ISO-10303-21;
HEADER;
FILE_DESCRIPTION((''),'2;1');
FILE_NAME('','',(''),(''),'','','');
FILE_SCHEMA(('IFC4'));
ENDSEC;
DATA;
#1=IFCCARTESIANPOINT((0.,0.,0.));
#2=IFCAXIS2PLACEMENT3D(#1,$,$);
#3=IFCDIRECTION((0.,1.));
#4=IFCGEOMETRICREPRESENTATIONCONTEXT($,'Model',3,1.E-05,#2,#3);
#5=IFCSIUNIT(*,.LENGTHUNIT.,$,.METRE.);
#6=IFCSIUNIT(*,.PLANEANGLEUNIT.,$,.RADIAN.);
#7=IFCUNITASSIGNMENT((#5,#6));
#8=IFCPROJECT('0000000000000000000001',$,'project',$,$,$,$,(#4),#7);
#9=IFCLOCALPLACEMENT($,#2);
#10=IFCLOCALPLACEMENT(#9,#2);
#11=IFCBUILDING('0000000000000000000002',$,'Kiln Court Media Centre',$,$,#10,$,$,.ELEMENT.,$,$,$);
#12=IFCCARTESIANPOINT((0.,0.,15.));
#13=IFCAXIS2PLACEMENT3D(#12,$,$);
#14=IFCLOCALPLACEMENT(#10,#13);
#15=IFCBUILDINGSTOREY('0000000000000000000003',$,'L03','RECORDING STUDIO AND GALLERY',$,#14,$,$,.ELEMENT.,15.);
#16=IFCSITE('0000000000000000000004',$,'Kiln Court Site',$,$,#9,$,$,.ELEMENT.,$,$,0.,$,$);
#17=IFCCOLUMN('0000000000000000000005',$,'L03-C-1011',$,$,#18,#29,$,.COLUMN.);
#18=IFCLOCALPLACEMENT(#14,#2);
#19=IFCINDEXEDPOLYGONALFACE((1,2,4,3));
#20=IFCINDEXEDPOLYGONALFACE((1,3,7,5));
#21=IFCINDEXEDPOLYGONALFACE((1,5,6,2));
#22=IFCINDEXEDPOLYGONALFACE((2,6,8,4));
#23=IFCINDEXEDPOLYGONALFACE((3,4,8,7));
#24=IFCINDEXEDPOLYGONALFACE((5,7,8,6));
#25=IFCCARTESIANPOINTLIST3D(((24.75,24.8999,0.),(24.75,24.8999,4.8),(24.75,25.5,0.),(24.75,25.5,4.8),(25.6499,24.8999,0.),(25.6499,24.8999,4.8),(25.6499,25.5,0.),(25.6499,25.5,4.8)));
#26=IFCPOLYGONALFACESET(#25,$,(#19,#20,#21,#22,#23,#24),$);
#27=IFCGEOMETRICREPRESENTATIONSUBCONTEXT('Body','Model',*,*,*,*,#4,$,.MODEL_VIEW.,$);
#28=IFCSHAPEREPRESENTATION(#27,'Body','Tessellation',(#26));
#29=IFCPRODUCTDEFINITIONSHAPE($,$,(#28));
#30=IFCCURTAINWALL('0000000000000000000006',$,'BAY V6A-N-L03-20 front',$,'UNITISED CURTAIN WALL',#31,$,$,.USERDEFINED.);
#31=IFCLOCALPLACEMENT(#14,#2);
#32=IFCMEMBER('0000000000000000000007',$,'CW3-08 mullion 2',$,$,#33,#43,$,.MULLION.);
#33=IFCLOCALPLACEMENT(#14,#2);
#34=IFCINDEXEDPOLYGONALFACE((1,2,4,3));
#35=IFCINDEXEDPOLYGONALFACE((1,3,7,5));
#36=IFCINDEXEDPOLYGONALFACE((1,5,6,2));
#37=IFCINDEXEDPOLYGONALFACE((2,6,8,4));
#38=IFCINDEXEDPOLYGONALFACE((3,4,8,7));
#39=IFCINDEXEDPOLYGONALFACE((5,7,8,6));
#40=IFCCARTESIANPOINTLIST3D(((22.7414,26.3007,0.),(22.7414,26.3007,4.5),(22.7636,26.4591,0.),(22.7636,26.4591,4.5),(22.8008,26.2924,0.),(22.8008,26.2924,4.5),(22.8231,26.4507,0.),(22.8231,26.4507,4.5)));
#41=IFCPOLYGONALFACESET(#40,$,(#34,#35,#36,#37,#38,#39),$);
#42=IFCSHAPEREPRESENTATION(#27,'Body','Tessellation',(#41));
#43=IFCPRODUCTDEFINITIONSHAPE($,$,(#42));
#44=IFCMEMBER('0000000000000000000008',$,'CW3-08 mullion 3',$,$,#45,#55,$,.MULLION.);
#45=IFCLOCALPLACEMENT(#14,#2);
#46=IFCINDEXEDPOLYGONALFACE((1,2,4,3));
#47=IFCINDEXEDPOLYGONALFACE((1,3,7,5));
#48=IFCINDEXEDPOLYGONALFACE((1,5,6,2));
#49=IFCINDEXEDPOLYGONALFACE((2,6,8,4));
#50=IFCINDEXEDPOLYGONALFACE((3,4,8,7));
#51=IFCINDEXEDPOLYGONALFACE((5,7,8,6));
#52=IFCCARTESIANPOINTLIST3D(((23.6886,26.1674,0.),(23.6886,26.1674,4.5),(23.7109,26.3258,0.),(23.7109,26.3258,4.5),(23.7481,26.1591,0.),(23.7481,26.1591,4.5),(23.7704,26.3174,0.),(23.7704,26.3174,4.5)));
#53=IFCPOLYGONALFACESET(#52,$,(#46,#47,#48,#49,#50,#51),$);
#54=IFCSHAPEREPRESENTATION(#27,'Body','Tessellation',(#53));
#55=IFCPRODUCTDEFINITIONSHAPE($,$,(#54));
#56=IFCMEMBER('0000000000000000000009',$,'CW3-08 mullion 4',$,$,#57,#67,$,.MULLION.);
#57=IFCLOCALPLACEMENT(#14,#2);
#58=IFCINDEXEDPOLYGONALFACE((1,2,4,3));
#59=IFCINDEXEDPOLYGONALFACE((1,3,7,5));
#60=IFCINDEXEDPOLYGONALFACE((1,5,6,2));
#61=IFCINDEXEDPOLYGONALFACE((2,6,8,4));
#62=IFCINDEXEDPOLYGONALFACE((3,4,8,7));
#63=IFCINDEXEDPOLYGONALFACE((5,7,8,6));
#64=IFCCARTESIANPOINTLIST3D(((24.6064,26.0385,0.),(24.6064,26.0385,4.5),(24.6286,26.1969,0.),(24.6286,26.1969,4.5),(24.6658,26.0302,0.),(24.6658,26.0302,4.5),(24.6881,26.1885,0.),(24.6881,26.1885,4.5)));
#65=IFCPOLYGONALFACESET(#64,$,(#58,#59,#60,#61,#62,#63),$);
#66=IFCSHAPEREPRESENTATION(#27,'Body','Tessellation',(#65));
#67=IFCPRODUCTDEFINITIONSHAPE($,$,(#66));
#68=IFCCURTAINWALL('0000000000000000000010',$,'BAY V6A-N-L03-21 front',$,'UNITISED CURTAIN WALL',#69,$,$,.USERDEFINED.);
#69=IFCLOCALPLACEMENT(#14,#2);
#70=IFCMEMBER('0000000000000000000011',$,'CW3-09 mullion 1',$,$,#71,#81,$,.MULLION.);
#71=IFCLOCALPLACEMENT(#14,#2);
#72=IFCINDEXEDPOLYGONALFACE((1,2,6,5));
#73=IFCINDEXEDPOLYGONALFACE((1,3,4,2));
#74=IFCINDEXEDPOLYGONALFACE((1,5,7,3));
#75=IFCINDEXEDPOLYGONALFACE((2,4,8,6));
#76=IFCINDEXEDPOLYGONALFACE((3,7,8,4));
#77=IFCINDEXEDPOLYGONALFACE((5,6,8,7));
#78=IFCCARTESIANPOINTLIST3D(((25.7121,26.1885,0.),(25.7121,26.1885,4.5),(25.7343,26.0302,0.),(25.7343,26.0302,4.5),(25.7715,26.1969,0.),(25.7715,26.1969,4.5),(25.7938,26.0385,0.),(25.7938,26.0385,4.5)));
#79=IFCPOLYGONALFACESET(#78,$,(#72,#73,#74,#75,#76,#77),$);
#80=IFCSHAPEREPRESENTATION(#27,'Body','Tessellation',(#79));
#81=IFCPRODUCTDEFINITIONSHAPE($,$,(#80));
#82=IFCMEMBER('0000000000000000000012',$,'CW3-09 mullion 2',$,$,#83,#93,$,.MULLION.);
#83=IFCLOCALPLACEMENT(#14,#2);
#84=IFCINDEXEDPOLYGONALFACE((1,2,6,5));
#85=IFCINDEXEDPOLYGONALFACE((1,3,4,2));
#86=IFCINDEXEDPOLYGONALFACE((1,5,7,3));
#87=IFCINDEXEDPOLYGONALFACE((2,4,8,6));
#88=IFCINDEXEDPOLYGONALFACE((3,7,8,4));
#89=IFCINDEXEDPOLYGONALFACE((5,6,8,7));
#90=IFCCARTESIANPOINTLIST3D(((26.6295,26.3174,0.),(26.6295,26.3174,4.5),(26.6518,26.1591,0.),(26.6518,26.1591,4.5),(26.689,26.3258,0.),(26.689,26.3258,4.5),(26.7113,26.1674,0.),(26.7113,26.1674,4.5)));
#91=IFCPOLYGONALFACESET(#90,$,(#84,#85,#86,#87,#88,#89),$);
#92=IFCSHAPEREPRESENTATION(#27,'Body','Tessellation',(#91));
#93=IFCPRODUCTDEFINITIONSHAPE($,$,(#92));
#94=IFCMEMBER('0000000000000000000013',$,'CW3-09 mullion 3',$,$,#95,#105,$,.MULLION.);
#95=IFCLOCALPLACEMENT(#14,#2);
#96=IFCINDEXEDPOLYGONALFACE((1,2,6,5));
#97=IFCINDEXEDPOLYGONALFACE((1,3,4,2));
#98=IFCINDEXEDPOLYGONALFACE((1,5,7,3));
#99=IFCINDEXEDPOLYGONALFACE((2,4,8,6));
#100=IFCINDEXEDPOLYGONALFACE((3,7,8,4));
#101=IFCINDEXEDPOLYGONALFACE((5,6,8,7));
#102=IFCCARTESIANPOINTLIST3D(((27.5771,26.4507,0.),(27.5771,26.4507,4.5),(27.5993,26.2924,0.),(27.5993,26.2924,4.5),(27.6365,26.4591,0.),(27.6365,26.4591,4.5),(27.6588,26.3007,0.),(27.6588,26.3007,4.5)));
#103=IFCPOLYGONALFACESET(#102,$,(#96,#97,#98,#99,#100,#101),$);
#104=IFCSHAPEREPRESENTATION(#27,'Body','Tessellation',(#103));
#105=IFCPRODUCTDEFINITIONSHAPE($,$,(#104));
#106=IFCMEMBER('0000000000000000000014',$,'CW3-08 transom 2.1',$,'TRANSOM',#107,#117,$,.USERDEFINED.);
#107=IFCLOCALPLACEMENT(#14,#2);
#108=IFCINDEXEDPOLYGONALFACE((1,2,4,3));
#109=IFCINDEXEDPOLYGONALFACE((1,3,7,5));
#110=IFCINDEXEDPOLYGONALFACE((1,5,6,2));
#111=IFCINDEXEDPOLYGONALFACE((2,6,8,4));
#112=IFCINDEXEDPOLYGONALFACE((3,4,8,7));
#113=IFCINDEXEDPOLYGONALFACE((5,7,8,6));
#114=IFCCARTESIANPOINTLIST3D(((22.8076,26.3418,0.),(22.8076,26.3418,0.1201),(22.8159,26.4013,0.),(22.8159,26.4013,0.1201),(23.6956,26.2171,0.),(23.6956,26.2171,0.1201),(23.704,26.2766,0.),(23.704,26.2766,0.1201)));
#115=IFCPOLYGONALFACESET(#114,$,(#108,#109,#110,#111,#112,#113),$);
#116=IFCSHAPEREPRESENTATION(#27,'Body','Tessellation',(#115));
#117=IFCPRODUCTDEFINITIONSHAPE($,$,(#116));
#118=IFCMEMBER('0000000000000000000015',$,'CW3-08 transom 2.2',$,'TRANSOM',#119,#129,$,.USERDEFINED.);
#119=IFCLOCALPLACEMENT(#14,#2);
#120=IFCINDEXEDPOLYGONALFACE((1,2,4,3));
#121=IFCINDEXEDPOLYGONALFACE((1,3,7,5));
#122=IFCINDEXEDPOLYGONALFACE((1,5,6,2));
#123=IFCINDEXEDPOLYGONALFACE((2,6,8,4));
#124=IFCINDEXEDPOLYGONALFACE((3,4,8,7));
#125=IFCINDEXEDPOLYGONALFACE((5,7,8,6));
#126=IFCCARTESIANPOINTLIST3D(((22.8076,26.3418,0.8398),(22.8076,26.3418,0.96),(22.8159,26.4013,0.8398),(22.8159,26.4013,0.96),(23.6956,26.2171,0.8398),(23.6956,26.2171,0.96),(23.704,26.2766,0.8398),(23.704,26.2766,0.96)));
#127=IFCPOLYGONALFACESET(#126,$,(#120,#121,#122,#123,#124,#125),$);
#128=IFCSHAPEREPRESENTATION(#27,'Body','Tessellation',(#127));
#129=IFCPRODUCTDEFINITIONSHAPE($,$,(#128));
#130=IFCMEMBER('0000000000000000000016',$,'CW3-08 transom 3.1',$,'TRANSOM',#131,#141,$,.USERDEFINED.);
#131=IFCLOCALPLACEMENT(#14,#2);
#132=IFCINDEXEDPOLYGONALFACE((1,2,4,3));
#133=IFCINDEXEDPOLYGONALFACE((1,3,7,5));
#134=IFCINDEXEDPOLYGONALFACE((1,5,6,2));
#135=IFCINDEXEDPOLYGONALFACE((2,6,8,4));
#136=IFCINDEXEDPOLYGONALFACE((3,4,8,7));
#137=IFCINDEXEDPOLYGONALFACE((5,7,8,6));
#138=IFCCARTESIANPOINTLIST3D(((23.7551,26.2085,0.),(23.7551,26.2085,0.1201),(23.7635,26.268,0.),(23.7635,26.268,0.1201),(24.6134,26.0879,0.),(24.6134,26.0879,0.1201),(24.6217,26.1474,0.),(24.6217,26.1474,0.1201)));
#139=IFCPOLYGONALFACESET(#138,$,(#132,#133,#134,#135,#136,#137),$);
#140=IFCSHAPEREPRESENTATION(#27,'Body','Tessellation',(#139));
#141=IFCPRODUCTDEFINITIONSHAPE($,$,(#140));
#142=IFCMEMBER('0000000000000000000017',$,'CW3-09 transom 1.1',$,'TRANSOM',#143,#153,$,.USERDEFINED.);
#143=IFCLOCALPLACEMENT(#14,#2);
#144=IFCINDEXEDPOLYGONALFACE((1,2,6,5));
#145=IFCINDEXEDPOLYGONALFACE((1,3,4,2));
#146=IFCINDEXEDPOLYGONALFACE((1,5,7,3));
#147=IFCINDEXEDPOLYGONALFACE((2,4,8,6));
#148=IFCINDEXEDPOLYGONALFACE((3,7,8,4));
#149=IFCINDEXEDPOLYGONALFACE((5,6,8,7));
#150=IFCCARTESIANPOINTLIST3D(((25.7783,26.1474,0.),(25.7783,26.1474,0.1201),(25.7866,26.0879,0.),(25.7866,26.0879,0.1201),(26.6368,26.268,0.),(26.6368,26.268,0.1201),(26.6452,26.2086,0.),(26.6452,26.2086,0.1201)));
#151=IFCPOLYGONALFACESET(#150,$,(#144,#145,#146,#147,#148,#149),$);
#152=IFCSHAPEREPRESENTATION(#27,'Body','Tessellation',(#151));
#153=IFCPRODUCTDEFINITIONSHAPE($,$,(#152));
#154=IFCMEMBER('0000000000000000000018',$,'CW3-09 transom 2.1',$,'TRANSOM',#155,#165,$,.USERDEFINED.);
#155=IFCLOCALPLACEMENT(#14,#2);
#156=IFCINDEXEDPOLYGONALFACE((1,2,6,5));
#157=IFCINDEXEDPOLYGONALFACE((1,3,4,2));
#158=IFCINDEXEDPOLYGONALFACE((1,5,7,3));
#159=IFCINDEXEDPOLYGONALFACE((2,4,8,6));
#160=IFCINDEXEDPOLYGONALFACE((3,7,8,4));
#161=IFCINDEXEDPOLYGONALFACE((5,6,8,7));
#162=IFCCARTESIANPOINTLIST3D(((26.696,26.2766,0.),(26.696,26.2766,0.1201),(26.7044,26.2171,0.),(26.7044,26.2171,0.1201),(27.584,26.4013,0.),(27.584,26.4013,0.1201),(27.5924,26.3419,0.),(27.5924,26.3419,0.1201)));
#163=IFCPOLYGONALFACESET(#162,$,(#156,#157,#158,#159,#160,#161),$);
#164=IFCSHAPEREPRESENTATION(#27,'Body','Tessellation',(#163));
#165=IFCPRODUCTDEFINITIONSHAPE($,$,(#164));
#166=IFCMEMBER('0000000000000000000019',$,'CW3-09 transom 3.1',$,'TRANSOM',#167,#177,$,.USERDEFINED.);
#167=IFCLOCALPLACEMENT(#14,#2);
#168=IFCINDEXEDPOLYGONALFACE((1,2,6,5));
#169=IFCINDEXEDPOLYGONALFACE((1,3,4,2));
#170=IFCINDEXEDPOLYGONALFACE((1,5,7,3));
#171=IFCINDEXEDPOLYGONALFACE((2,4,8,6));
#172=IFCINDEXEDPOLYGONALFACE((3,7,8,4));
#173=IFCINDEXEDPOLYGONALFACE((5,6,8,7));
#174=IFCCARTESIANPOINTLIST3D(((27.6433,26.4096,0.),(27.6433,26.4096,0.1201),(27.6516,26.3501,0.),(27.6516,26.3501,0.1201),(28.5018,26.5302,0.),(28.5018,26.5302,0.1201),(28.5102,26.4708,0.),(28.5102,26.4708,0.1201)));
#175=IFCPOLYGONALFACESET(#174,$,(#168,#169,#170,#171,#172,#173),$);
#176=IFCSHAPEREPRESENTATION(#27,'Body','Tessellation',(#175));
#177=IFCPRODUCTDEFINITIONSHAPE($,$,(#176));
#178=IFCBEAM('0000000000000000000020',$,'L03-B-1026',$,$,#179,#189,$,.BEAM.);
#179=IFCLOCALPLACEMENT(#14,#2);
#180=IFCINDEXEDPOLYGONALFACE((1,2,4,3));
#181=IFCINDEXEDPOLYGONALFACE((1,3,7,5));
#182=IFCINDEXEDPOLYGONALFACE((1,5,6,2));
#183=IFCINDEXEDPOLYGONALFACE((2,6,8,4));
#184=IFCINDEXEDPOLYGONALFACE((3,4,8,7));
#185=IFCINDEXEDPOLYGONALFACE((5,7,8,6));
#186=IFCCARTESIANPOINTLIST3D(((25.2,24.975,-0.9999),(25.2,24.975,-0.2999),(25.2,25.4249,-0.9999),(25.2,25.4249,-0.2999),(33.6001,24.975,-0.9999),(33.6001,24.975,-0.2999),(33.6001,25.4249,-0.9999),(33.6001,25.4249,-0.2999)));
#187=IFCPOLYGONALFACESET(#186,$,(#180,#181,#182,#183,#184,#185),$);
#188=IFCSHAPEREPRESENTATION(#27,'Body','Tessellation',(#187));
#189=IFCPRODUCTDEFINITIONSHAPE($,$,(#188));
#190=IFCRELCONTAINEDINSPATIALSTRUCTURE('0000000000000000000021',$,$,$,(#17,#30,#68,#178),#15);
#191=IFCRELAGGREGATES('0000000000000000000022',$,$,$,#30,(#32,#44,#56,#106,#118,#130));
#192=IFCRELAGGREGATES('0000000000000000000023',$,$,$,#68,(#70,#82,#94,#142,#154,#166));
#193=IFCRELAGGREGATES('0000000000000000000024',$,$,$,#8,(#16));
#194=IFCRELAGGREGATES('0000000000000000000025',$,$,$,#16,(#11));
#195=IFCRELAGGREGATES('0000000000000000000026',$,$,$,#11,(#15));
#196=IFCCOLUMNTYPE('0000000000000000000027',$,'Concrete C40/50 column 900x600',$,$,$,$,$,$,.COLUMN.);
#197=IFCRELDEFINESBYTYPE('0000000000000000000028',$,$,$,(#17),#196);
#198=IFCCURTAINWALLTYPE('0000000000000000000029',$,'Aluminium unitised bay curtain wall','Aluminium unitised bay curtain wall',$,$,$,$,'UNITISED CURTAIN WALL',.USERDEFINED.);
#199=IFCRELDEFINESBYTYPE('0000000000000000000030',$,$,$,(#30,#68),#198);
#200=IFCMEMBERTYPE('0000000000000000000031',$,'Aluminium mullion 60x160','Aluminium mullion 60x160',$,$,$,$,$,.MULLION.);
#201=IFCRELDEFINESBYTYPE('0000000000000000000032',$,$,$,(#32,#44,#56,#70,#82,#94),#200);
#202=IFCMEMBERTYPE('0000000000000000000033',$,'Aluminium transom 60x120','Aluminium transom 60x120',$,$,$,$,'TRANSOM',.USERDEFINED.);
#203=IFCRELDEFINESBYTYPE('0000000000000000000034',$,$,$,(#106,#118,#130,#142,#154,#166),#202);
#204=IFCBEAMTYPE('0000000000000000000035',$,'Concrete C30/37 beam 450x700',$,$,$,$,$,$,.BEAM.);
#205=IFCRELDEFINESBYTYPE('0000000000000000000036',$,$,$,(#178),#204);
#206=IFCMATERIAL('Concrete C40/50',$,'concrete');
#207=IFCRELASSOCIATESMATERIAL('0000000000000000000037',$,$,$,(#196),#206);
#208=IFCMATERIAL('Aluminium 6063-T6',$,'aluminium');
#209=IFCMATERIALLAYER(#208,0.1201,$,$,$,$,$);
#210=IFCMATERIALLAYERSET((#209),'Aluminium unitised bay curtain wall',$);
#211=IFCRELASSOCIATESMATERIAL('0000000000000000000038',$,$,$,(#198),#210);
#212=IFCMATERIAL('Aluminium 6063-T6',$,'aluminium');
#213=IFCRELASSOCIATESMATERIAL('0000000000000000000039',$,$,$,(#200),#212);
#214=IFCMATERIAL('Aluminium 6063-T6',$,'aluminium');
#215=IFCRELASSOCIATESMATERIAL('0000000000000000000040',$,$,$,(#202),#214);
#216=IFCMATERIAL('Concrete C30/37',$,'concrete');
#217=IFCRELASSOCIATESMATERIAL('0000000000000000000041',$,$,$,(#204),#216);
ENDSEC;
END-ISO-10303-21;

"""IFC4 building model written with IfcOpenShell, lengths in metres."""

from ifc_helpers import new_model, si_unit, direction, frame, origin, origin_2d, place, context, subcontext, project, spatial, rectangle, extrude, material, layer, layer_set, material_profile, profile_set, type_object, element, aggregate, save


model = new_model("IFC4")

# Units and contexts
model_context = context("Model", 3, precision=1e-05, world=origin(), true_north=direction((0.0, 1.0)))
body_context = subcontext(model_context, "Body", "Model", "MODEL_VIEW")
ifc_project = project(units=[si_unit("LENGTHUNIT", "METRE"), si_unit("PLANEANGLEUNIT", "RADIAN")], contexts=[model_context])

# Site, building, storey
site_placement = place(None, origin())
site = spatial("IfcSite", under=ifc_project, at=site_placement, Name="Kiln Court Site", CompositionType="ELEMENT", RefElevation=0.0)
building_placement = place(site_placement, origin())
building = spatial("IfcBuilding", under=site, at=building_placement, Name="Kiln Court Media Centre", CompositionType="ELEMENT")
storey_placement = place(building_placement, frame((0.0, 0.0, 15.0)))
storey = spatial("IfcBuildingStorey", under=building, at=storey_placement, Name="L03", Description="RECORDING STUDIO AND GALLERY", CompositionType="ELEMENT", Elevation=15.0)

# Column
ifc_material_1 = material(Name="Concrete C40/50", Category="concrete")
ifc_material_profile_1 = material_profile(ifc_material_1, rectangle(XDim=0.8999, YDim=0.6001, at=origin_2d()), Name="RC 900x600")
ifc_profile_set_1 = profile_set([ifc_material_profile_1], Name="Concrete C40/50")
column_type = type_object("IfcColumnType", Name="Concrete C40/50 column 900x600", PredefinedType="COLUMN", material=ifc_profile_set_1)
column_placement = place(storey_placement, frame((25.2, 25.2, 0.0), z_axis=(0.0, 0.0, 1.0), x_axis=(1.0, 0.0, 0.0)))
element("IfcColumn", 1, at=column_placement, inside=storey, type_object=column_type, Name="L03-C-1011", PredefinedType="COLUMN", context=body_context, shape_type="SweptSolid", body=[
    extrude(rectangle(XDim=0.8999, YDim=0.6001, at=origin_2d()), origin(), (0.0, 0.0, 1.0), 4.8),
])

# Curtain walls, members
ifc_material_2 = material(Name="Aluminium 6063-T6", Category="aluminium")
ifc_layer_1 = layer(ifc_material_2, 0.1201)
ifc_layer_set_1 = layer_set([ifc_layer_1], Name="Aluminium unitised bay curtain wall")
curtain_wall_type = type_object("IfcCurtainWallType", Name="Aluminium unitised bay curtain wall", Description="Aluminium unitised bay curtain wall", ElementType="UNITISED CURTAIN WALL", PredefinedType="USERDEFINED", material=ifc_layer_set_1)
curtain_wall_1_placement = place(storey_placement, origin())
curtain_wall_1 = element("IfcCurtainWall", 2, at=curtain_wall_1_placement, inside=storey, type_object=curtain_wall_type, Name="BAY V6A-N-L03-20 front", ObjectType="UNITISED CURTAIN WALL", PredefinedType="USERDEFINED")
ifc_material_3 = material(Name="Aluminium 6063-T6", Category="aluminium")
ifc_material_profile_2 = material_profile(ifc_material_3, rectangle(XDim=0.0601, YDim=0.1599, at=origin_2d()), Name="Aluminium mullion 60x160")
ifc_profile_set_2 = profile_set([ifc_material_profile_2], Name="Aluminium 6063-T6")
member_type_1 = type_object("IfcMemberType", Name="Aluminium mullion 60x160", Description="Aluminium mullion 60x160", PredefinedType="MULLION", material=ifc_profile_set_2)
member_1_placement = place(storey_placement, frame((22.7822, 26.3757, 0.0), z_axis=(0.0, 0.0, 1.0), x_axis=(0.99027, -0.139162, 0.0)))
member_1 = element("IfcMember", 3, at=member_1_placement, type_object=member_type_1, Name="CW3-08 mullion 2", PredefinedType="MULLION", context=body_context, shape_type="SweptSolid", body=[
    extrude(rectangle(XDim=0.0601, YDim=0.1599, at=origin_2d()), origin(), (0.0, 0.0, 1.0), 4.5),
])
member_2_placement = place(storey_placement, frame((23.7295, 26.2424, 0.0), z_axis=(0.0, 0.0, 1.0), x_axis=(0.99027, -0.139162, 0.0)))
member_2 = element("IfcMember", 4, at=member_2_placement, type_object=member_type_1, Name="CW3-08 mullion 3", PredefinedType="MULLION", context=body_context, shape_type="SweptSolid", body=[
    extrude(rectangle(XDim=0.0601, YDim=0.1599, at=origin_2d()), origin(), (0.0, 0.0, 1.0), 4.5),
])
member_3_placement = place(storey_placement, frame((24.6472, 26.1135, 0.0), z_axis=(0.0, 0.0, 1.0), x_axis=(0.99027, -0.139162, 0.0)))
member_3 = element("IfcMember", 5, at=member_3_placement, type_object=member_type_1, Name="CW3-08 mullion 4", PredefinedType="MULLION", context=body_context, shape_type="SweptSolid", body=[
    extrude(rectangle(XDim=0.0601, YDim=0.1599, at=origin_2d()), origin(), (0.0, 0.0, 1.0), 4.5),
])
curtain_wall_2_placement = place(storey_placement, origin())
curtain_wall_2 = element("IfcCurtainWall", 6, at=curtain_wall_2_placement, inside=storey, type_object=curtain_wall_type, Name="BAY V6A-N-L03-21 front", ObjectType="UNITISED CURTAIN WALL", PredefinedType="USERDEFINED")
member_4_placement = place(storey_placement, frame((25.7529, 26.1135, 0.0), z_axis=(0.0, 0.0, 1.0), x_axis=(0.99027, 0.139162, 0.0)))
member_4 = element("IfcMember", 7, at=member_4_placement, type_object=member_type_1, Name="CW3-09 mullion 1", PredefinedType="MULLION", context=body_context, shape_type="SweptSolid", body=[
    extrude(rectangle(XDim=0.0601, YDim=0.1599, at=origin_2d()), origin(), (0.0, 0.0, 1.0), 4.5),
])
member_5_placement = place(storey_placement, frame((26.6704, 26.2424, 0.0), z_axis=(0.0, 0.0, 1.0), x_axis=(0.99027, 0.139162, 0.0)))
member_5 = element("IfcMember", 8, at=member_5_placement, type_object=member_type_1, Name="CW3-09 mullion 2", PredefinedType="MULLION", context=body_context, shape_type="SweptSolid", body=[
    extrude(rectangle(XDim=0.0601, YDim=0.1599, at=origin_2d()), origin(), (0.0, 0.0, 1.0), 4.5),
])
member_6_placement = place(storey_placement, frame((27.6179, 26.3757, 0.0), z_axis=(0.0, 0.0, 1.0), x_axis=(0.99027, 0.139162, 0.0)))
member_6 = element("IfcMember", 9, at=member_6_placement, type_object=member_type_1, Name="CW3-09 mullion 3", PredefinedType="MULLION", context=body_context, shape_type="SweptSolid", body=[
    extrude(rectangle(XDim=0.0601, YDim=0.1599, at=origin_2d()), origin(), (0.0, 0.0, 1.0), 4.5),
])

# Members
ifc_material_4 = material(Name="Aluminium 6063-T6", Category="aluminium")
ifc_material_profile_3 = material_profile(ifc_material_4, rectangle(XDim=0.0601, YDim=0.1201, at=origin_2d()), Name="Aluminium transom 60x120")
ifc_profile_set_3 = profile_set([ifc_material_profile_3], Name="Aluminium 6063-T6")
member_type_2 = type_object("IfcMemberType", Name="Aluminium transom 60x120", Description="Aluminium transom 60x120", ElementType="TRANSOM", PredefinedType="USERDEFINED", material=ifc_profile_set_3)
member_7_placement = place(storey_placement, frame((22.8118, 26.3716, 0.0601), z_axis=(0.990274, -0.139134, 0.0), x_axis=(0.139134, 0.990274, 0.0)))
member_7 = element("IfcMember", 10, at=member_7_placement, type_object=member_type_2, Name="CW3-08 transom 2.1", ObjectType="TRANSOM", PredefinedType="USERDEFINED", context=body_context, shape_type="SweptSolid", body=[
    extrude(rectangle(XDim=0.0601, YDim=0.1201, at=origin_2d()), origin(), (0.0, 0.0, 1.0), 0.8967),
])
member_8_placement = place(storey_placement, frame((22.8118, 26.3716, 0.8999), z_axis=(0.990274, -0.139134, 0.0), x_axis=(0.139134, 0.990274, 0.0)))
member_8 = element("IfcMember", 11, at=member_8_placement, type_object=member_type_2, Name="CW3-08 transom 2.2", ObjectType="TRANSOM", PredefinedType="USERDEFINED", context=body_context, shape_type="SweptSolid", body=[
    extrude(rectangle(XDim=0.0601, YDim=0.1201, at=origin_2d()), origin(), (0.0, 0.0, 1.0), 0.8967),
])
member_9_placement = place(storey_placement, frame((23.7593, 26.2383, 0.0601), z_axis=(0.990268, -0.139173, 0.0), x_axis=(0.139173, 0.990268, 0.0)))
member_9 = element("IfcMember", 12, at=member_9_placement, type_object=member_type_2, Name="CW3-08 transom 3.1", ObjectType="TRANSOM", PredefinedType="USERDEFINED", context=body_context, shape_type="SweptSolid", body=[
    extrude(rectangle(XDim=0.0601, YDim=0.1201, at=origin_2d()), origin(), (0.0, 0.0, 1.0), 0.8667),
])
member_10_placement = place(storey_placement, frame((25.7825, 26.1177, 0.0601), z_axis=(0.990274, 0.139134, 0.0), x_axis=(-0.139134, 0.990274, 0.0)))
member_10 = element("IfcMember", 13, at=member_10_placement, type_object=member_type_2, Name="CW3-09 transom 1.1", ObjectType="TRANSOM", PredefinedType="USERDEFINED", context=body_context, shape_type="SweptSolid", body=[
    extrude(rectangle(XDim=0.0601, YDim=0.1201, at=origin_2d()), origin(), (0.0, 0.0, 1.0), 0.8669),
])
member_11_placement = place(storey_placement, frame((26.7002, 26.2468, 0.0601), z_axis=(0.990274, 0.139134, 0.0), x_axis=(-0.139134, 0.990274, 0.0)))
member_11 = element("IfcMember", 14, at=member_11_placement, type_object=member_type_2, Name="CW3-09 transom 2.1", ObjectType="TRANSOM", PredefinedType="USERDEFINED", context=body_context, shape_type="SweptSolid", body=[
    extrude(rectangle(XDim=0.0601, YDim=0.1201, at=origin_2d()), origin(), (0.0, 0.0, 1.0), 0.8967),
])
member_12_placement = place(storey_placement, frame((27.6475, 26.3799, 0.0601), z_axis=(0.990274, 0.139134, 0.0), x_axis=(-0.139134, 0.990274, 0.0)))
member_12 = element("IfcMember", 15, at=member_12_placement, type_object=member_type_2, Name="CW3-09 transom 3.1", ObjectType="TRANSOM", PredefinedType="USERDEFINED", context=body_context, shape_type="SweptSolid", body=[
    extrude(rectangle(XDim=0.0601, YDim=0.1201, at=origin_2d()), origin(), (0.0, 0.0, 1.0), 0.8669),
])

# Beam
ifc_material_5 = material(Name="Concrete C30/37", Category="concrete")
ifc_material_profile_4 = material_profile(ifc_material_5, rectangle(XDim=0.45, YDim=0.7, at=origin_2d()), Name="RC 450x700")
ifc_profile_set_4 = profile_set([ifc_material_profile_4], Name="Concrete C30/37")
beam_type = type_object("IfcBeamType", Name="Concrete C30/37 beam 450x700", PredefinedType="BEAM", material=ifc_profile_set_4)
beam_placement = place(storey_placement, frame((25.2, 25.2, -0.6499), z_axis=(1.0, 0.0, 0.0), x_axis=(0.0, 1.0, 0.0)))
element("IfcBeam", 16, at=beam_placement, inside=storey, type_object=beam_type, Name="L03-B-1026", PredefinedType="BEAM", context=body_context, shape_type="SweptSolid", body=[
    extrude(rectangle(XDim=0.45, YDim=0.7, at=origin_2d()), origin(), (0.0, 0.0, 1.0), 8.4001),
])

aggregate(curtain_wall_1, [member_1, member_2, member_3, member_7, member_8, member_9])
aggregate(curtain_wall_2, [member_4, member_5, member_6, member_10, member_11, member_12])

save(model, "model.ifc")
